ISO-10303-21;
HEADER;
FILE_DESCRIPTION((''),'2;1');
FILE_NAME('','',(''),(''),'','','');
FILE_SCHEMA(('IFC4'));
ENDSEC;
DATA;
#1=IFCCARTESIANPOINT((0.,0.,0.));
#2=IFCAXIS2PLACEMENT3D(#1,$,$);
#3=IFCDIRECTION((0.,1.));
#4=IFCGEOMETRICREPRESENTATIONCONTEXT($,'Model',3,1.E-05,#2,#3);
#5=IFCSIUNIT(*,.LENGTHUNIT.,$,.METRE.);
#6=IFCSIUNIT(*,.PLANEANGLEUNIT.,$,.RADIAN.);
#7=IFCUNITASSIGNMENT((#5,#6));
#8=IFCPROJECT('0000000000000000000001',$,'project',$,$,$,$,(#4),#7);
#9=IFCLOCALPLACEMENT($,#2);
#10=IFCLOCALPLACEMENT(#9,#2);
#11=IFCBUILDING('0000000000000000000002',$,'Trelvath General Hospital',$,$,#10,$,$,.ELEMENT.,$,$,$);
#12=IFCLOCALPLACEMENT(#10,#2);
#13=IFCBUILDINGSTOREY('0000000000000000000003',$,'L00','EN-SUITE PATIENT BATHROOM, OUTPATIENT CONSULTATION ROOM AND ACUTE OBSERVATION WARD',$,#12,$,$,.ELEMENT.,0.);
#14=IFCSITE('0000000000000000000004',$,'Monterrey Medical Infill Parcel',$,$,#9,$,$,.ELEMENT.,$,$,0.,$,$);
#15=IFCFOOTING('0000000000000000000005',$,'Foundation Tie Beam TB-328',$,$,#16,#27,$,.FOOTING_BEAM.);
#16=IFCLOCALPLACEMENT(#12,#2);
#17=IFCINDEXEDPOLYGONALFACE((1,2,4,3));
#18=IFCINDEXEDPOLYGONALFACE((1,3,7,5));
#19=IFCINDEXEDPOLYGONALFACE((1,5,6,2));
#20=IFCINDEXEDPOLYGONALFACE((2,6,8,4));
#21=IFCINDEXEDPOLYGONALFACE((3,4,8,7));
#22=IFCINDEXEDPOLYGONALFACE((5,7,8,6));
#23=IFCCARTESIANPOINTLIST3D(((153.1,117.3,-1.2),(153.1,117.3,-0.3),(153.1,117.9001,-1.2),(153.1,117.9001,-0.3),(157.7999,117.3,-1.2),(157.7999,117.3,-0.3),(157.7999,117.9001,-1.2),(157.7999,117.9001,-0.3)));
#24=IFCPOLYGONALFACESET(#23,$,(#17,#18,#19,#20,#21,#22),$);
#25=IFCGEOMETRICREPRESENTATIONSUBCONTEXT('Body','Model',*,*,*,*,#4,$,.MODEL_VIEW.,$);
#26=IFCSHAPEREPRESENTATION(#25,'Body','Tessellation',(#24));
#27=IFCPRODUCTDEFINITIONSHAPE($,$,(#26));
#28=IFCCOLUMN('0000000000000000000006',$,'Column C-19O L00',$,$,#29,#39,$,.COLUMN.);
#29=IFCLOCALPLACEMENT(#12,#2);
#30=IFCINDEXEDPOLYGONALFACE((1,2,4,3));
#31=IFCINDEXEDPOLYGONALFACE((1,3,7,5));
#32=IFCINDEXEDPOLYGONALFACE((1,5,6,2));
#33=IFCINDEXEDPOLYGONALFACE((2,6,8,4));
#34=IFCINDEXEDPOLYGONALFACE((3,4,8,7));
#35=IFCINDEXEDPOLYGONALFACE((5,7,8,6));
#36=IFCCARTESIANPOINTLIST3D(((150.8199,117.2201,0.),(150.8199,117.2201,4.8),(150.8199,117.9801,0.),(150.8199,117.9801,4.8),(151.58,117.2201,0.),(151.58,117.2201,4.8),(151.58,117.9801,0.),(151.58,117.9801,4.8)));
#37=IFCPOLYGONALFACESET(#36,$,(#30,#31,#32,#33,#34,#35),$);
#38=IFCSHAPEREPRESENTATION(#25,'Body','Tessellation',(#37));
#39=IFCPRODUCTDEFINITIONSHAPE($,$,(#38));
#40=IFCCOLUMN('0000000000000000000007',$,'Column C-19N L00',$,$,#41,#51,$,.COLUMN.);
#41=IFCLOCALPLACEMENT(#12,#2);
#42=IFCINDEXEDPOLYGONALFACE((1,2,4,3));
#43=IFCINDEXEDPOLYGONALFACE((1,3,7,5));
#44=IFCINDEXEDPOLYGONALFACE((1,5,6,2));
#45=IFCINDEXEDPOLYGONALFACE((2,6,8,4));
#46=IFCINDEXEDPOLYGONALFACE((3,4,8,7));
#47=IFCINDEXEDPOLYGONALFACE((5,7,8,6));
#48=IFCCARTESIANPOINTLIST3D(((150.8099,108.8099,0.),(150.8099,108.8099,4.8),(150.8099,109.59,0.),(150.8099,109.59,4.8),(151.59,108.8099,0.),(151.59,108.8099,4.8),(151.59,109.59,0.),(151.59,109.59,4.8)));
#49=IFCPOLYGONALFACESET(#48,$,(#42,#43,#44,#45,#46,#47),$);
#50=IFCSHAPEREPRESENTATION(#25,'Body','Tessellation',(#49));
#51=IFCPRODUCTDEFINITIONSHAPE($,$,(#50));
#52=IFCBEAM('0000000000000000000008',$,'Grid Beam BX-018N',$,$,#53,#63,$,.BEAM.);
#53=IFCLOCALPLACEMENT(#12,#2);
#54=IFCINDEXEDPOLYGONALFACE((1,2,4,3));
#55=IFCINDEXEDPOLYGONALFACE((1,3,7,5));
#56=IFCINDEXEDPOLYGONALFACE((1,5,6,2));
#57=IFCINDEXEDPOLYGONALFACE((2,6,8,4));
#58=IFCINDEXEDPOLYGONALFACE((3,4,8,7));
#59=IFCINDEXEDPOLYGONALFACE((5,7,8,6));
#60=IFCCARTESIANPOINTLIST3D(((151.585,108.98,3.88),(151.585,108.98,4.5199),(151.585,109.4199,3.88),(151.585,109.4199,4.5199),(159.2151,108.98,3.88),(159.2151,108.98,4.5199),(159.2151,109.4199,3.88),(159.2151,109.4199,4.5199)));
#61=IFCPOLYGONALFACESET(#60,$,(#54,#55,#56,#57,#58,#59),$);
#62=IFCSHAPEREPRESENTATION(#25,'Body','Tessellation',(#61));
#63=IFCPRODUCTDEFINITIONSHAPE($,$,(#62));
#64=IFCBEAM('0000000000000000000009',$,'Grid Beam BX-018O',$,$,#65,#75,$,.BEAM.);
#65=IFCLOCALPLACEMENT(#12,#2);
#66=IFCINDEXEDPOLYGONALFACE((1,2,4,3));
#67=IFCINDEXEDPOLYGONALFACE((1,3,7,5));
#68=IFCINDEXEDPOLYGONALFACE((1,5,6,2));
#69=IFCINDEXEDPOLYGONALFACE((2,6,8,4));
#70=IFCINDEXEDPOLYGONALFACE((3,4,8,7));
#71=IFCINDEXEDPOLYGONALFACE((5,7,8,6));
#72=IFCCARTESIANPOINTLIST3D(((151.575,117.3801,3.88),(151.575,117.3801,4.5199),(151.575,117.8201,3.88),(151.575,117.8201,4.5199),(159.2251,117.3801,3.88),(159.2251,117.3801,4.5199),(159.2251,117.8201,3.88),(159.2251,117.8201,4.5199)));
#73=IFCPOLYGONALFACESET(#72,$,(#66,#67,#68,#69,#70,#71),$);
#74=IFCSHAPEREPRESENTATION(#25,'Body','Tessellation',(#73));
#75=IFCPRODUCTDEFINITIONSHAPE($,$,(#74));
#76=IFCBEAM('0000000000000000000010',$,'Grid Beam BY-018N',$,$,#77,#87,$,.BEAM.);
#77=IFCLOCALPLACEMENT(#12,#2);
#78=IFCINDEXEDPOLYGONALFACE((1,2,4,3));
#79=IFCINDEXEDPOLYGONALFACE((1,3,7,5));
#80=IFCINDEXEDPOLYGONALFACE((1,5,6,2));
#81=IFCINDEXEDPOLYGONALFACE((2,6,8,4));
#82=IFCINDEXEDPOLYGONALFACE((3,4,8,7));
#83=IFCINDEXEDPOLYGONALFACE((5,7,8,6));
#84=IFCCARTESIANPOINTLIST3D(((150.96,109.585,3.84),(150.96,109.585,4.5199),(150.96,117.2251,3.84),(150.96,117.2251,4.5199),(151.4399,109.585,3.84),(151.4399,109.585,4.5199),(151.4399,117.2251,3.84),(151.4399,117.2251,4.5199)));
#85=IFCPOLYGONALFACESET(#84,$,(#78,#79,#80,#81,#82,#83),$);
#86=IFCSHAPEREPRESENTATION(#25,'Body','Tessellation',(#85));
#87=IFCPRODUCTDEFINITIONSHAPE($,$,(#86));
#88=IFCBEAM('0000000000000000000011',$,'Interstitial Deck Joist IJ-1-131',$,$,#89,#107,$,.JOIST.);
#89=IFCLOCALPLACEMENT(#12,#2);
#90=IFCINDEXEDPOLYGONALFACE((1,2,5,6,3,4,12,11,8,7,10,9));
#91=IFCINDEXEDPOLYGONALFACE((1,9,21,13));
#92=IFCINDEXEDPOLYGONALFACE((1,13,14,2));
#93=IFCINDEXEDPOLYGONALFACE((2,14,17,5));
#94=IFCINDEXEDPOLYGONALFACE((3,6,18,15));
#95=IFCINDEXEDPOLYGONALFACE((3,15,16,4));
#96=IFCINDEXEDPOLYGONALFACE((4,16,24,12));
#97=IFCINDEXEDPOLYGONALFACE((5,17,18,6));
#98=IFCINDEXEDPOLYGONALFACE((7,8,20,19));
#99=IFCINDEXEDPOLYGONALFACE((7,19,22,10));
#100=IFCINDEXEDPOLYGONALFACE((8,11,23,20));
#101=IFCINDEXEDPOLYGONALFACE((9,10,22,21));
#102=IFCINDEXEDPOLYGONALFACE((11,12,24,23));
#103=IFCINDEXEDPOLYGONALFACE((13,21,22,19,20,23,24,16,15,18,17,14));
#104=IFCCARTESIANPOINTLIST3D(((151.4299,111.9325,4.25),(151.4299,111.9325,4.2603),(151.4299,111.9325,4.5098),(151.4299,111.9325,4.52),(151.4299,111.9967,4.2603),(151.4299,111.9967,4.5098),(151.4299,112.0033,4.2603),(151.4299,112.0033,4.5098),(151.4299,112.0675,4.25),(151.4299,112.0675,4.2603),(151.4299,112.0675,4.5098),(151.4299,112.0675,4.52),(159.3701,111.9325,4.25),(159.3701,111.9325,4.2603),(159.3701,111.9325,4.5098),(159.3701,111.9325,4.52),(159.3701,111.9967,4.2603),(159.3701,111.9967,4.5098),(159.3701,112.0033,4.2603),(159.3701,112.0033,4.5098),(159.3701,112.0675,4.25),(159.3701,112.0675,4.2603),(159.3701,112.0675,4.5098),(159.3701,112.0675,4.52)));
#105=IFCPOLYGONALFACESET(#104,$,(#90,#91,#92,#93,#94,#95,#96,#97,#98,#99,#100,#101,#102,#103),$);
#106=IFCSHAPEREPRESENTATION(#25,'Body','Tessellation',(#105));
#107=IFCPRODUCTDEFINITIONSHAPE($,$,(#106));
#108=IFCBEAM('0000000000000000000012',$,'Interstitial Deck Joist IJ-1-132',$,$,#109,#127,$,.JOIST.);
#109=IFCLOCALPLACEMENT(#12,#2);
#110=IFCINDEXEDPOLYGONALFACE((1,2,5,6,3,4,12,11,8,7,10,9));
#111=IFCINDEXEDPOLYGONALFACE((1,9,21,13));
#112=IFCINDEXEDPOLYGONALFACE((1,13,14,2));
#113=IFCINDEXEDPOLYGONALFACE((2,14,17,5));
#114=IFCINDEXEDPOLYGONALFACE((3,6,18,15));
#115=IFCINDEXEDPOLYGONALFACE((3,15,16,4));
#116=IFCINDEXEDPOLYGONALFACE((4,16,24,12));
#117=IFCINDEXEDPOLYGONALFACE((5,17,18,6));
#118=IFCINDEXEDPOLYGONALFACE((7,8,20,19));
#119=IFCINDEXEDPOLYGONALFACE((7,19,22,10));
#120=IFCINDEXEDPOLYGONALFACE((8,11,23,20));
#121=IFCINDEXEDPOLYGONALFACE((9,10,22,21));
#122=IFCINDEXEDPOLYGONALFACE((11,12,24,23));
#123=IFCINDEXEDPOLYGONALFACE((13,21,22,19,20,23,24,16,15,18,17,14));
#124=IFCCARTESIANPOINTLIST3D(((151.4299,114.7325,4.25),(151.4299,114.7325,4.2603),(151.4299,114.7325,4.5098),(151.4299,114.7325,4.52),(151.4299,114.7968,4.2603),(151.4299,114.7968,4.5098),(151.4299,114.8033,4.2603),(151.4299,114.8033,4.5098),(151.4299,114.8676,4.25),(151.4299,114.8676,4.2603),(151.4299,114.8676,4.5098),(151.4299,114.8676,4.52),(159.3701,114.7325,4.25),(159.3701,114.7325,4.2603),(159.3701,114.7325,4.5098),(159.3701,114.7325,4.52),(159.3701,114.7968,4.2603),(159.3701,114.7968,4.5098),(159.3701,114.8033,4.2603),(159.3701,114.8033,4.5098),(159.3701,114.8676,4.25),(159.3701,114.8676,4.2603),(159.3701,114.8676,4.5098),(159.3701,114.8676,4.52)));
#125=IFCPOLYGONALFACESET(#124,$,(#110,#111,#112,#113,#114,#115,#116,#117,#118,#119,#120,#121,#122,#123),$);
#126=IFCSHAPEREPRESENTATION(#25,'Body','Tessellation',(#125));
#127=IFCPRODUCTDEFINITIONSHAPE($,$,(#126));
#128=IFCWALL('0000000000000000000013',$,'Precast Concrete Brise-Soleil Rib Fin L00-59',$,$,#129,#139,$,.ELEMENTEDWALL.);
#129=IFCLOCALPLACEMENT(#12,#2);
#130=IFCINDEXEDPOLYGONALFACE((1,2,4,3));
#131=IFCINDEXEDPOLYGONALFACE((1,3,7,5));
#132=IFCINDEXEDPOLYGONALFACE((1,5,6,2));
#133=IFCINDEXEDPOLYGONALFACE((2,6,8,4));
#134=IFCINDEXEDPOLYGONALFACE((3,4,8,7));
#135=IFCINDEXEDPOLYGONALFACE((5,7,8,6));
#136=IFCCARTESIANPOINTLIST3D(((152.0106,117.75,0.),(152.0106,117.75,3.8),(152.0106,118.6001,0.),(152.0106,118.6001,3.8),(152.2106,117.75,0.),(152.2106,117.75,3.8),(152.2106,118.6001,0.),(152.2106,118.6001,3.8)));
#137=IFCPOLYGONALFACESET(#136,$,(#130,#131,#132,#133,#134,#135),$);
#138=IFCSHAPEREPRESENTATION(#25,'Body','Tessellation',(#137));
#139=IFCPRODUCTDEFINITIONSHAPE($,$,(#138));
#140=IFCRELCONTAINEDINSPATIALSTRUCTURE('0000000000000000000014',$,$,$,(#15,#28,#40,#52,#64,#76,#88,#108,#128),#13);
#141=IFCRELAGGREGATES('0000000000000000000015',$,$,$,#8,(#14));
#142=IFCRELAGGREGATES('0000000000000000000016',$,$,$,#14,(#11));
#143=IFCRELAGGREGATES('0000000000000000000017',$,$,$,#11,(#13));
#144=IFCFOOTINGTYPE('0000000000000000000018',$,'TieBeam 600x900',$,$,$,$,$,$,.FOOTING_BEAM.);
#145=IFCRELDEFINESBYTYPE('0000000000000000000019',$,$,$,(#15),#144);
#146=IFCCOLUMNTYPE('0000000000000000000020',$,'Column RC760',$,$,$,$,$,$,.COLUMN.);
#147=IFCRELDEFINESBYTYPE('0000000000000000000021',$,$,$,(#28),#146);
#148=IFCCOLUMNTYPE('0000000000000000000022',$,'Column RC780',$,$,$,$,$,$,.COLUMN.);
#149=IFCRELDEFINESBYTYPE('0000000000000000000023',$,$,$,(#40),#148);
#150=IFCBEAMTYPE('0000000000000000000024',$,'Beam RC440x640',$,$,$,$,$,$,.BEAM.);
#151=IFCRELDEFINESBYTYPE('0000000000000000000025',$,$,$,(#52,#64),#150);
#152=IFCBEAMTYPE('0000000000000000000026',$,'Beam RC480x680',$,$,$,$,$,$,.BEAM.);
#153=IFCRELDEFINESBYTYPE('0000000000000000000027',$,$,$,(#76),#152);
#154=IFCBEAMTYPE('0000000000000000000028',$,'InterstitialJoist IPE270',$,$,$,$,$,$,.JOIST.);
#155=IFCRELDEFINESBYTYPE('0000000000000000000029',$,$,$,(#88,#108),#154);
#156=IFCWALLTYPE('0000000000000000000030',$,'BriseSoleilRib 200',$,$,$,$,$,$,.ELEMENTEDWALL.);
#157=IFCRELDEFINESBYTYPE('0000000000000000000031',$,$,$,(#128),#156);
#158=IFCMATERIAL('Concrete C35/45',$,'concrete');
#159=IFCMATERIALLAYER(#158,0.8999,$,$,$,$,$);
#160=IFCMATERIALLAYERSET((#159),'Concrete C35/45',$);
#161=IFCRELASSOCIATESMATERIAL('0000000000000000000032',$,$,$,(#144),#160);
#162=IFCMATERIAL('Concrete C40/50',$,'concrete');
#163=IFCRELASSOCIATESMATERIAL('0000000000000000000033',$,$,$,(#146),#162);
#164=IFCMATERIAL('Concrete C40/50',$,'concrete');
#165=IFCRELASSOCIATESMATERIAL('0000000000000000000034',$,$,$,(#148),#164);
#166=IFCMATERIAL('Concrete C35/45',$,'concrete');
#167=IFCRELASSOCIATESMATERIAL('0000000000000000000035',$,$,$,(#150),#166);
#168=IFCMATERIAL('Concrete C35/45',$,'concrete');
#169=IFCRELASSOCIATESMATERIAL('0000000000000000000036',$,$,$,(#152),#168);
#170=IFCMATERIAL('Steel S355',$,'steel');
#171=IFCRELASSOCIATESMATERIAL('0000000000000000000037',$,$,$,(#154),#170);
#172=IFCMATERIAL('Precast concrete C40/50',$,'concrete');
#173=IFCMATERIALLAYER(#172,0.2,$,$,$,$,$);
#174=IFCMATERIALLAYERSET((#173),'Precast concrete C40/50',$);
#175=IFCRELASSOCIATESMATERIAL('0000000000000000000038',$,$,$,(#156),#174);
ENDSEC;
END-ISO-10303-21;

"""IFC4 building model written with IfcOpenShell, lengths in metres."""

from ifc_helpers import new_model, si_unit, direction, frame, frame_2d, origin, origin_2d, place, context, subcontext, project, spatial, rectangle, i_section, extrude, material, layer, layer_set, material_profile, profile_set, type_object, element, save


model = new_model("IFC4")

# Units and contexts
model_context = context("Model", 3, precision=1e-05, world=origin(), true_north=direction((0.0, 1.0)))
body_context = subcontext(model_context, "Body", "Model", "MODEL_VIEW")
ifc_project = project(units=[si_unit("LENGTHUNIT", "METRE"), si_unit("PLANEANGLEUNIT", "RADIAN")], contexts=[model_context])

# Site, building, storey
site_placement = place(None, origin())
site = spatial("IfcSite", under=ifc_project, at=site_placement, Name="Monterrey Medical Infill Parcel", CompositionType="ELEMENT", RefElevation=0.0)
building_placement = place(site_placement, origin())
building = spatial("IfcBuilding", under=site, at=building_placement, Name="Trelvath General Hospital", CompositionType="ELEMENT")
storey_placement = place(building_placement, origin())
storey = spatial("IfcBuildingStorey", under=building, at=storey_placement, Name="L00", Description="EN-SUITE PATIENT BATHROOM, OUTPATIENT CONSULTATION ROOM AND ACUTE OBSERVATION WARD", CompositionType="ELEMENT", Elevation=0.0)

# Footing
ifc_material_1 = material(Name="Concrete C35/45", Category="concrete")
ifc_layer_1 = layer(ifc_material_1, 0.8999)
ifc_layer_set_1 = layer_set([ifc_layer_1], Name="Concrete C35/45")
footing_type_1 = type_object("IfcFootingType", Name="TieBeam 600x900", PredefinedType="FOOTING_BEAM", material=ifc_layer_set_1)
footing_1_placement = place(storey_placement, frame((155.45, 117.6001, -1.2), z_axis=(0.0, 0.0, 1.0), x_axis=(1.0, 0.0, 0.0)))
element("IfcFooting", 1, at=footing_1_placement, inside=storey, type_object=footing_type_1, Name="Foundation Tie Beam TB-328", PredefinedType="FOOTING_BEAM", context=body_context, shape_type="SweptSolid", body=[
    extrude(rectangle(XDim=4.7, YDim=0.6001, at=origin_2d()), origin(), (0.0, 0.0, 1.0), 0.8999),
])

# Columns
ifc_material_2 = material(Name="Concrete C40/50", Category="concrete")
ifc_material_profile_1 = material_profile(ifc_material_2, rectangle(XDim=0.76, YDim=0.76, at=origin_2d()), Name="RC760x760")
ifc_profile_set_1 = profile_set([ifc_material_profile_1], Name="Concrete C40/50")
column_type_1 = type_object("IfcColumnType", Name="Column RC760", PredefinedType="COLUMN", material=ifc_profile_set_1)
column_1_placement = place(storey_placement, frame((151.2, 117.6001, 0.0), z_axis=(0.0, 0.0, 1.0), x_axis=(1.0, 0.0, 0.0)))
element("IfcColumn", 2, at=column_1_placement, inside=storey, type_object=column_type_1, Name="Column C-19O L00", PredefinedType="COLUMN", context=body_context, shape_type="SweptSolid", body=[
    extrude(rectangle(XDim=0.76, YDim=0.76, at=origin_2d()), origin(), (0.0, 0.0, 1.0), 4.8),
])
ifc_material_3 = material(Name="Concrete C40/50", Category="concrete")
ifc_material_profile_2 = material_profile(ifc_material_3, rectangle(XDim=0.78, YDim=0.78, at=origin_2d()), Name="RC780x780")
ifc_profile_set_2 = profile_set([ifc_material_profile_2], Name="Concrete C40/50")
column_type_2 = type_object("IfcColumnType", Name="Column RC780", PredefinedType="COLUMN", material=ifc_profile_set_2)
column_2_placement = place(storey_placement, frame((151.2, 109.2, 0.0), z_axis=(0.0, 0.0, 1.0), x_axis=(1.0, 0.0, 0.0)))
element("IfcColumn", 3, at=column_2_placement, inside=storey, type_object=column_type_2, Name="Column C-19N L00", PredefinedType="COLUMN", context=body_context, shape_type="SweptSolid", body=[
    extrude(rectangle(XDim=0.78, YDim=0.78, at=origin_2d()), origin(), (0.0, 0.0, 1.0), 4.8),
])

# Beams
ifc_material_4 = material(Name="Concrete C35/45", Category="concrete")
ifc_material_profile_3 = material_profile(ifc_material_4, rectangle(XDim=0.4399, YDim=0.6399, at=origin_2d()), Name="RCB440x640")
ifc_profile_set_3 = profile_set([ifc_material_profile_3], Name="Concrete C35/45")
beam_type_1 = type_object("IfcBeamType", Name="Beam RC440x640", PredefinedType="BEAM", material=ifc_profile_set_3)
beam_1_placement = place(storey_placement, frame((151.585, 109.2, 4.2), z_axis=(1.0, 0.0, 0.0), x_axis=(0.0, 1.0, 0.0)))
element("IfcBeam", 4, at=beam_1_placement, inside=storey, type_object=beam_type_1, Name="Grid Beam BX-018N", PredefinedType="BEAM", context=body_context, shape_type="SweptSolid", body=[
    extrude(rectangle(XDim=0.4399, YDim=0.6399, at=origin_2d()), origin(), (0.0, 0.0, 1.0), 7.6301),
])
beam_2_placement = place(storey_placement, frame((151.575, 117.6001, 4.2), z_axis=(1.0, 0.0, 0.0), x_axis=(0.0, 1.0, 0.0)))
element("IfcBeam", 5, at=beam_2_placement, inside=storey, type_object=beam_type_1, Name="Grid Beam BX-018O", PredefinedType="BEAM", context=body_context, shape_type="SweptSolid", body=[
    extrude(rectangle(XDim=0.4399, YDim=0.6399, at=origin_2d()), origin(), (0.0, 0.0, 1.0), 7.6501),
])
ifc_material_5 = material(Name="Concrete C35/45", Category="concrete")
ifc_material_profile_4 = material_profile(ifc_material_5, rectangle(XDim=0.48, YDim=0.6799, at=origin_2d()), Name="RCB480x680")
ifc_profile_set_4 = profile_set([ifc_material_profile_4], Name="Concrete C35/45")
beam_type_2 = type_object("IfcBeamType", Name="Beam RC480x680", PredefinedType="BEAM", material=ifc_profile_set_4)
beam_3_placement = place(storey_placement, frame((151.2, 109.585, 4.1799), z_axis=(0.0, 1.0, 0.0), x_axis=(-1.0, 0.0, 0.0)))
element("IfcBeam", 6, at=beam_3_placement, inside=storey, type_object=beam_type_2, Name="Grid Beam BY-018N", PredefinedType="BEAM", context=body_context, shape_type="SweptSolid", body=[
    extrude(rectangle(XDim=0.48, YDim=0.6799, at=origin_2d()), origin(), (0.0, 0.0, 1.0), 7.6401),
])
ifc_material_6 = material(Name="Steel S355", Category="steel")
ifc_material_profile_5 = material_profile(ifc_material_6, i_section(OverallWidth=0.135, OverallDepth=0.27, WebThickness=0.0066, FlangeThickness=0.0103, at=origin_2d()), Name="IPE270")
ifc_profile_set_5 = profile_set([ifc_material_profile_5], Name="Steel S355")
beam_type_3 = type_object("IfcBeamType", Name="InterstitialJoist IPE270", PredefinedType="JOIST", material=ifc_profile_set_5)
for number, where, z_axis, x_axis, name in (
    (7, (151.4299, 112.0, 4.385), (1.0, 0.0, 0.0), (0.0, 1.0, 0.0), "Interstitial Deck Joist IJ-1-131"),
    (8, (151.4299, 114.8, 4.385), (1.0, 0.0, 0.0), (0.0, 1.0, 0.0), "Interstitial Deck Joist IJ-1-132"),
):
    element("IfcBeam", number, at=place(storey_placement, frame(where, z_axis=z_axis, x_axis=x_axis)), inside=storey, type_object=beam_type_3, Name=name, PredefinedType="JOIST", context=body_context, shape_type="SweptSolid", body=[
        extrude(i_section(OverallWidth=0.135, OverallDepth=0.27, WebThickness=0.0066, FlangeThickness=0.0103, at=origin_2d()), origin(), (0.0, 0.0, 1.0), 7.9402),
    ])

# Wall
ifc_material_7 = material(Name="Precast concrete C40/50", Category="concrete")
ifc_layer_2 = layer(ifc_material_7, 0.2)
ifc_layer_set_2 = layer_set([ifc_layer_2], Name="Precast concrete C40/50")
wall_type_1 = type_object("IfcWallType", Name="BriseSoleilRib 200", PredefinedType="ELEMENTEDWALL", material=ifc_layer_set_2)
wall_1_placement = place(storey_placement, frame((152.1106, 117.75, 0.0), z_axis=(0.0, 0.0, 1.0), x_axis=(0.0, 1.0, 0.0)))
element("IfcWall", 9, at=wall_1_placement, inside=storey, type_object=wall_type_1, Name="Precast Concrete Brise-Soleil Rib Fin L00-59", PredefinedType="ELEMENTEDWALL", context=body_context, shape_type="SweptSolid", body=[
    extrude(rectangle(XDim=0.8501, YDim=0.2, at=frame_2d((0.425, 0.0))), origin(), (0.0, 0.0, 1.0), 3.8),
])

save(model, "model.ifc")
